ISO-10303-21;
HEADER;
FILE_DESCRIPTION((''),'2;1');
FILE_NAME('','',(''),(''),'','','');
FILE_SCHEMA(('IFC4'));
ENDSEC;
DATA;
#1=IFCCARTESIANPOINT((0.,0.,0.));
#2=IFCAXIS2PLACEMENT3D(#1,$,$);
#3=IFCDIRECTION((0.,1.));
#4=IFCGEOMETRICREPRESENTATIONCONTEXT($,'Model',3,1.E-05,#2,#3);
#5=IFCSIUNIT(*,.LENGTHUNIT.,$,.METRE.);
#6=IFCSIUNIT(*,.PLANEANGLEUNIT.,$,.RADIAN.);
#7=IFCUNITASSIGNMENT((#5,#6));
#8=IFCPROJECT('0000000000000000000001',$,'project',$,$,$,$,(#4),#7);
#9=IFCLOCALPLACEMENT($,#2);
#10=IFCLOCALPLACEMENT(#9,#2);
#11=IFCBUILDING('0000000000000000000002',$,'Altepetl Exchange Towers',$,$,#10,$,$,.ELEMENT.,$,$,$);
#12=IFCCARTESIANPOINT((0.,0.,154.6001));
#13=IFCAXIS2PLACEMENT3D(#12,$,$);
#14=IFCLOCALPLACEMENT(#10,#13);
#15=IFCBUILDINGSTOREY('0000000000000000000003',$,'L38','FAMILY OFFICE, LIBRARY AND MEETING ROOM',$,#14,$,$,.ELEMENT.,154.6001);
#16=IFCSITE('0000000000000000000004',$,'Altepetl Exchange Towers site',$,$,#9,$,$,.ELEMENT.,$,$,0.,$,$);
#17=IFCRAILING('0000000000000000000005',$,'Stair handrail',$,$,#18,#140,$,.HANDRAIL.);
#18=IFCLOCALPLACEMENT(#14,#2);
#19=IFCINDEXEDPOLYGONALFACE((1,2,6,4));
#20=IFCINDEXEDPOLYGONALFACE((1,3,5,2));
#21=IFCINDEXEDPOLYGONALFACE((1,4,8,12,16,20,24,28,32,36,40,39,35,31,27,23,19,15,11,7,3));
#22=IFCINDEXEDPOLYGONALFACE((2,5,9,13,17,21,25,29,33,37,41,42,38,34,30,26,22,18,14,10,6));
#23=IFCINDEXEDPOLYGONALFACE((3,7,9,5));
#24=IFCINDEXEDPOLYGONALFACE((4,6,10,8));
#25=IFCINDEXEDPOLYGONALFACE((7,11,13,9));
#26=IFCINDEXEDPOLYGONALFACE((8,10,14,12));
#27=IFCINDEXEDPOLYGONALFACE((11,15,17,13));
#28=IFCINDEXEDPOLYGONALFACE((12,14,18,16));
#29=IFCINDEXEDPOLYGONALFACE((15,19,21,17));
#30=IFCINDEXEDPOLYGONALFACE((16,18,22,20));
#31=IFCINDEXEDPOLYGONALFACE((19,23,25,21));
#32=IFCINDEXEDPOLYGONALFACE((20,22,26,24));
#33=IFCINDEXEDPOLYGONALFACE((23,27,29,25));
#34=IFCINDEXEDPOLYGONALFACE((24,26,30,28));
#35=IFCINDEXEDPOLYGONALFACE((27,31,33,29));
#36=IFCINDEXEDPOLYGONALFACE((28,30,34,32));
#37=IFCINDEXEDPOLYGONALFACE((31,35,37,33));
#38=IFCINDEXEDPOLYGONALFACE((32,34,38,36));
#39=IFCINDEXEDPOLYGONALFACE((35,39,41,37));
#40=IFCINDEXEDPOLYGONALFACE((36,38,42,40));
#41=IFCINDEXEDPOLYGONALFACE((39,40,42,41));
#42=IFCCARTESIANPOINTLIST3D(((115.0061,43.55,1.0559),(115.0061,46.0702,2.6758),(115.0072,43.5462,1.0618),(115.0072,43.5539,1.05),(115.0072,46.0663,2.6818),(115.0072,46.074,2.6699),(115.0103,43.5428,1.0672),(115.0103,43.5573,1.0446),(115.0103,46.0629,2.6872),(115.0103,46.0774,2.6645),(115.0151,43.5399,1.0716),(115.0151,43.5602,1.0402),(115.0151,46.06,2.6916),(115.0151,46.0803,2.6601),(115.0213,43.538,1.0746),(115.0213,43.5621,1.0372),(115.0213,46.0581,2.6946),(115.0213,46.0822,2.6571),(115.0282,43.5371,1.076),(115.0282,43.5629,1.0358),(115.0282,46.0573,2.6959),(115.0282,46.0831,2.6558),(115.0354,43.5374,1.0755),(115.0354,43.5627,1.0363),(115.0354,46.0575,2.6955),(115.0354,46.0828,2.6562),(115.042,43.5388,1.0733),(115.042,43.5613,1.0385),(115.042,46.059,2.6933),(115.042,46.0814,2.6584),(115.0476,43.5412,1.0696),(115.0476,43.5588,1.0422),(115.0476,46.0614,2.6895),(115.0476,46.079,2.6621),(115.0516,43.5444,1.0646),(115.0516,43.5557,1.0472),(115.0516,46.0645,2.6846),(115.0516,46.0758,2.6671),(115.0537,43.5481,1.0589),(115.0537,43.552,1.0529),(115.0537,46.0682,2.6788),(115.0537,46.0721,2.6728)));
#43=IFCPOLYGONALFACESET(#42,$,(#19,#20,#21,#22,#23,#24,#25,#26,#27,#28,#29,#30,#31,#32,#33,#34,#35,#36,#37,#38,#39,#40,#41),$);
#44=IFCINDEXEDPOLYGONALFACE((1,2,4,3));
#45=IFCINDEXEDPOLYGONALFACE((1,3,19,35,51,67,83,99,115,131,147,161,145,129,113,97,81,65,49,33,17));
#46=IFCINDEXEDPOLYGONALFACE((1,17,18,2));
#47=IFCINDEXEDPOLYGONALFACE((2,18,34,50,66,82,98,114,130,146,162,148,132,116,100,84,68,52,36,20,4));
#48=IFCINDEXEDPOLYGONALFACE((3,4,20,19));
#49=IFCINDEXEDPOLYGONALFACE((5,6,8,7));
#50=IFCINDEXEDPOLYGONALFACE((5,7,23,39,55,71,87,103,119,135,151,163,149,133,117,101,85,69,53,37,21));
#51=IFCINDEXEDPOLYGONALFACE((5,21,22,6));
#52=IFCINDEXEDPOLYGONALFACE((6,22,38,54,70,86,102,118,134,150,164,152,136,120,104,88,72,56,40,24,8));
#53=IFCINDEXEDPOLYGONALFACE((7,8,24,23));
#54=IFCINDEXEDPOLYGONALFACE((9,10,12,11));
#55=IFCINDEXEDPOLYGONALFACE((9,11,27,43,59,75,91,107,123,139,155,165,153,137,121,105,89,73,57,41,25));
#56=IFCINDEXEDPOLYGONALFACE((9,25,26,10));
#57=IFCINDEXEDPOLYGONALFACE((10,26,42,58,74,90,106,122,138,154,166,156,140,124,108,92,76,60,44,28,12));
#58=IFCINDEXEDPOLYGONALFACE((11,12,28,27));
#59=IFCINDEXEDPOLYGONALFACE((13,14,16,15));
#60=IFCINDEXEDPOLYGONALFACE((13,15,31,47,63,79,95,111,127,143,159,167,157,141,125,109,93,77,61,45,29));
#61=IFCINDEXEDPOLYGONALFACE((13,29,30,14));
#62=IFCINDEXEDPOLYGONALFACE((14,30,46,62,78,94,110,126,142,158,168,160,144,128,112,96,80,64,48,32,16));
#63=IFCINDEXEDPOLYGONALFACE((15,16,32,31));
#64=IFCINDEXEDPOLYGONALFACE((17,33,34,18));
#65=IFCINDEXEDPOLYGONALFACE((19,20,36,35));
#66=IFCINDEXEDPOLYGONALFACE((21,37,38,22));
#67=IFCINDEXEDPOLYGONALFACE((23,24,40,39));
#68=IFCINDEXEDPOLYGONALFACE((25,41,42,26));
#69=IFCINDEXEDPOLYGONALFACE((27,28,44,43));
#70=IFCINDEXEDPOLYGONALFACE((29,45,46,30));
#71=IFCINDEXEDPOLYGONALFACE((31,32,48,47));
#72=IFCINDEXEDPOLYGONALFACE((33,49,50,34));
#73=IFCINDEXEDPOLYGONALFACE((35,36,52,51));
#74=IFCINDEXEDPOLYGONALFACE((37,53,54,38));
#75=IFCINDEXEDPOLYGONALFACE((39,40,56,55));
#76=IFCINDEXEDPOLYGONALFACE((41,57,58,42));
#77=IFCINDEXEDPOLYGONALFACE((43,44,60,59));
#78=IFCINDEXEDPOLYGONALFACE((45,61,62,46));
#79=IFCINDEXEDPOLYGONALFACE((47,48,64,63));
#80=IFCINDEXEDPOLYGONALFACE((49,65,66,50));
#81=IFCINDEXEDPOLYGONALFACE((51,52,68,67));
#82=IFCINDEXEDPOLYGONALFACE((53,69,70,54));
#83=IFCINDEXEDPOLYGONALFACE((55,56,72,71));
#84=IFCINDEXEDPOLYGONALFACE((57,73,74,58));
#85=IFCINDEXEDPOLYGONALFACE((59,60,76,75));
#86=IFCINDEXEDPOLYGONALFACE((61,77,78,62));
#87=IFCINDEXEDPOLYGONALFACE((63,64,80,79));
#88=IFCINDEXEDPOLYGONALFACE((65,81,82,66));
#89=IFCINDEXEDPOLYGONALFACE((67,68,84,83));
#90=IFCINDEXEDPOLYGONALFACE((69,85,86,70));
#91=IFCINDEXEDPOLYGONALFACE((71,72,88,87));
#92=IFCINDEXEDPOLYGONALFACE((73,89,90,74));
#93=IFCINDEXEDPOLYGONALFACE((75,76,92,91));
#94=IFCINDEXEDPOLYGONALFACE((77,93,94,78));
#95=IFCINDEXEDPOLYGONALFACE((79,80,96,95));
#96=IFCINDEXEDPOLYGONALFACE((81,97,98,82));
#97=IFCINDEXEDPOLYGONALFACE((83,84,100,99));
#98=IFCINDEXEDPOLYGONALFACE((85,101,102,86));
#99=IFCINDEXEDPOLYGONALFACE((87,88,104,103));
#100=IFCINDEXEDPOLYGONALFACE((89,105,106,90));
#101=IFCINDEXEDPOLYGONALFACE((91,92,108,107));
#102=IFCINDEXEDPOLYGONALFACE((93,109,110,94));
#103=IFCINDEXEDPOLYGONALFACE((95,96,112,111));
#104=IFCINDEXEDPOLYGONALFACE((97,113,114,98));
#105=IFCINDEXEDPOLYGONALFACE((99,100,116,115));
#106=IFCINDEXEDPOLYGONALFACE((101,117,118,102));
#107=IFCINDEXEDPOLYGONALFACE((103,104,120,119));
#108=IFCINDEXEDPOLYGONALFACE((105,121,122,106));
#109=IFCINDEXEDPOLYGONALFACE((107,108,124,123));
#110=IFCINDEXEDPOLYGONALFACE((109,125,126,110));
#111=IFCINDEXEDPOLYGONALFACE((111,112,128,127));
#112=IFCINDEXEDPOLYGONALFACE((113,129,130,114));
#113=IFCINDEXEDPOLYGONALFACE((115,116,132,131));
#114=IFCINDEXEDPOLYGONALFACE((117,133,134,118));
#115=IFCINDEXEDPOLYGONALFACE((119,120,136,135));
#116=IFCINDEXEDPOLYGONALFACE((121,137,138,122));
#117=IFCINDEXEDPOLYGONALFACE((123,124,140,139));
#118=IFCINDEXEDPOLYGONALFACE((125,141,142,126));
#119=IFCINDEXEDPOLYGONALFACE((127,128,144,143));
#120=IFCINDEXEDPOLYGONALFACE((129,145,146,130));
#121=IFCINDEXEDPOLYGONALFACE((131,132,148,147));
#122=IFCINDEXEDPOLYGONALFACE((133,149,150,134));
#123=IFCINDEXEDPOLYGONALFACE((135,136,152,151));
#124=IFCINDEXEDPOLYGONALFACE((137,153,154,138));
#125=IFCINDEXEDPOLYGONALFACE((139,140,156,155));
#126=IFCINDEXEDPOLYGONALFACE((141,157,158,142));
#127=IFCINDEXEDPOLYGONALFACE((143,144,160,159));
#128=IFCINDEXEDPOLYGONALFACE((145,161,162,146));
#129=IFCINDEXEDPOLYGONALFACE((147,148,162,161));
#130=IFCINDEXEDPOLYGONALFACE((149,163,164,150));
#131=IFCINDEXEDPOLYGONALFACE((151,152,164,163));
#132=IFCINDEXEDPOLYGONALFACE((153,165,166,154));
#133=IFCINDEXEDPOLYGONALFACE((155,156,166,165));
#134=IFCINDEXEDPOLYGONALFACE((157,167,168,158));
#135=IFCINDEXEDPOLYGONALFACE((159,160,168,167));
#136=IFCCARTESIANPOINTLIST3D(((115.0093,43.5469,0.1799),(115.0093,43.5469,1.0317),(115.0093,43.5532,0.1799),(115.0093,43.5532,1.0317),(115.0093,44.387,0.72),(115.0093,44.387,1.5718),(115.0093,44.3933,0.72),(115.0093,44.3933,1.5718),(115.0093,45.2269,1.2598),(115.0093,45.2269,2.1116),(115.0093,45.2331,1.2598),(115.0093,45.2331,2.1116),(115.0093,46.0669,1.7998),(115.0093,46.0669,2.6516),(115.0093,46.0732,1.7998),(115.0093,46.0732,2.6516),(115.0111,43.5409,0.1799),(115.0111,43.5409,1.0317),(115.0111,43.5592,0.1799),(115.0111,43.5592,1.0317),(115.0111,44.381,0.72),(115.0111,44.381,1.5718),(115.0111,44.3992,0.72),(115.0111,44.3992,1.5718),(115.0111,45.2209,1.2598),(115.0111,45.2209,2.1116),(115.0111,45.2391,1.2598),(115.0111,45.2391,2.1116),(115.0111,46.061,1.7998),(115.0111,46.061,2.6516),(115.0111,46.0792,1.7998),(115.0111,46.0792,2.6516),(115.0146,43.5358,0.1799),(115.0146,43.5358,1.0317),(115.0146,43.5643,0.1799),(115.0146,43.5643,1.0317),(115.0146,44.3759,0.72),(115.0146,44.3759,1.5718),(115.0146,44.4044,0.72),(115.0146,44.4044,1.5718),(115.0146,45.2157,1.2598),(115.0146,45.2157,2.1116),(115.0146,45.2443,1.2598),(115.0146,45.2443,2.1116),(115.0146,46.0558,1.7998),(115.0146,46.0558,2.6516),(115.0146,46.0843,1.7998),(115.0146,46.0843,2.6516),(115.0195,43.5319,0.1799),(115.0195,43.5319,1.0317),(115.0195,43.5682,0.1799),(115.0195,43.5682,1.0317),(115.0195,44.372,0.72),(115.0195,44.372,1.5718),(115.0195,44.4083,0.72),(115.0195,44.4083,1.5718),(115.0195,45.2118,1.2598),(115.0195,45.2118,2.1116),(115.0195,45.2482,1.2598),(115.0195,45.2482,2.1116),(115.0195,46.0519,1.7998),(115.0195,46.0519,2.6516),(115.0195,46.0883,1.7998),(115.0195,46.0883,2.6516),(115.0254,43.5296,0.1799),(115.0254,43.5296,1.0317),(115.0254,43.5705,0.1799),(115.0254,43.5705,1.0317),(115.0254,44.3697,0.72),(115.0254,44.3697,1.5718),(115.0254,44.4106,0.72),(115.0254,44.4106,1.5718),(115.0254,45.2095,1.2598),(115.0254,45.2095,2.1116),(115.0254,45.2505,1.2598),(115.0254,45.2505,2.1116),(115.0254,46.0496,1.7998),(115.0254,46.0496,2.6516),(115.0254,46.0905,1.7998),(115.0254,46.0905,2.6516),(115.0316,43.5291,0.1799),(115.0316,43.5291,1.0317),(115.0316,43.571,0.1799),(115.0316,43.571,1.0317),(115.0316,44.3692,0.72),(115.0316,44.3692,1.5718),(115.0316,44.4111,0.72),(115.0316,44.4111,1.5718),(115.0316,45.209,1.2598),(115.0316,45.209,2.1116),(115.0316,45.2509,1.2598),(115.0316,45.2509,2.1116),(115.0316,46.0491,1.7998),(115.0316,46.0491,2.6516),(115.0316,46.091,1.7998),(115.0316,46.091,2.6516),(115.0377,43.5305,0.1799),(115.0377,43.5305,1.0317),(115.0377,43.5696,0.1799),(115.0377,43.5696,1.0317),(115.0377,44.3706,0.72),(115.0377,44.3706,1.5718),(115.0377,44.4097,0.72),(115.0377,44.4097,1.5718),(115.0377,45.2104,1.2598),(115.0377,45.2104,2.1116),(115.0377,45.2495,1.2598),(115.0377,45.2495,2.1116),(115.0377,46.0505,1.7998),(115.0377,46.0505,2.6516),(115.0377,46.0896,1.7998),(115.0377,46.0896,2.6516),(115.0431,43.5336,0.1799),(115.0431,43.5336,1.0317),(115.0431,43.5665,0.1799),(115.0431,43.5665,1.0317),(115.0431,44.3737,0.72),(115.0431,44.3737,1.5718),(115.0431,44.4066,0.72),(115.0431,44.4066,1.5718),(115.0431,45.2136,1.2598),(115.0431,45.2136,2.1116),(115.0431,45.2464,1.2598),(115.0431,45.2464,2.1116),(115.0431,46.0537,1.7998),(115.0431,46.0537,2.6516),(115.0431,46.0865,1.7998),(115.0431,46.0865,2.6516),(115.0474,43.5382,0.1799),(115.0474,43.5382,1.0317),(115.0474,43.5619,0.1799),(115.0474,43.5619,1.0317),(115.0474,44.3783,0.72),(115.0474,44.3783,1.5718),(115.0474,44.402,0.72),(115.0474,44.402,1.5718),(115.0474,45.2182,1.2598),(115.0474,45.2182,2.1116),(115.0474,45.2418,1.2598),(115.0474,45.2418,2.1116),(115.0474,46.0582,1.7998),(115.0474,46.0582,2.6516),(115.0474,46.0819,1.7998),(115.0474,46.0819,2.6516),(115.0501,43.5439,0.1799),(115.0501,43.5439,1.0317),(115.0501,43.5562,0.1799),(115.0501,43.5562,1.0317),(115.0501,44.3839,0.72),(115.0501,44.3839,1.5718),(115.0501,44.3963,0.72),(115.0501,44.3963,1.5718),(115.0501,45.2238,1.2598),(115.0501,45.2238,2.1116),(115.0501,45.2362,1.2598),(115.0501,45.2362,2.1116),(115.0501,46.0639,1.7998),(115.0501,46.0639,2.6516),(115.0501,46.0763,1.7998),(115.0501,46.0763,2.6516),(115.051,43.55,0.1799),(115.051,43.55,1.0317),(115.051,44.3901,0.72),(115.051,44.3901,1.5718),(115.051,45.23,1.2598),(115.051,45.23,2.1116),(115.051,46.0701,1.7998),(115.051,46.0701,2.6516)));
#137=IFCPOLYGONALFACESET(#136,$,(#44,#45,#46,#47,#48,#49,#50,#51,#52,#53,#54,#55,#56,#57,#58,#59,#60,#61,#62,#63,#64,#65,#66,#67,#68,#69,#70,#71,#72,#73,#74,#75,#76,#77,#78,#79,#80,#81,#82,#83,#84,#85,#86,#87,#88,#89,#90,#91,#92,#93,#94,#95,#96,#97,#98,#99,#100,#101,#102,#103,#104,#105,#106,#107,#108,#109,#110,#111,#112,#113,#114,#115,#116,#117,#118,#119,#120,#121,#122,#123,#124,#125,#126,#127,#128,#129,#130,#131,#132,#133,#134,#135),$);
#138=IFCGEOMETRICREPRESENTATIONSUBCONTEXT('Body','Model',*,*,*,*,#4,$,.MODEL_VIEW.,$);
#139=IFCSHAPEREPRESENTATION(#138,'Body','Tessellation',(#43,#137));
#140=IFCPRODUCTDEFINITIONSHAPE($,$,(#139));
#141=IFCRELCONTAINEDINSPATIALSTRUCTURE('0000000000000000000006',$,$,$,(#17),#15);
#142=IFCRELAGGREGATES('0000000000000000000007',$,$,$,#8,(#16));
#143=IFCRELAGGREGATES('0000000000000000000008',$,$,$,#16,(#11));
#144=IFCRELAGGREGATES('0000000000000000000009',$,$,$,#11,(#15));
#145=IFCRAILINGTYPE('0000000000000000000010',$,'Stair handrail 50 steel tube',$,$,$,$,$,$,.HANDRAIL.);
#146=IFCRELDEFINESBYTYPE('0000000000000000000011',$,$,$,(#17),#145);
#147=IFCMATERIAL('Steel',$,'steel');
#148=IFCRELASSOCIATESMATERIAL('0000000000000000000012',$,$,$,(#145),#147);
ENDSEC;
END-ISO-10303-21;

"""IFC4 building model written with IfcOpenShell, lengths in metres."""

from ifc_helpers import new_model, si_unit, direction, frame, origin, origin_2d, place, context, subcontext, project, spatial, circle, extrude, source, transform, mapped, material, type_object, element, save


model = new_model("IFC4")

# Units and contexts
model_context = context("Model", 3, precision=1e-05, world=origin(), true_north=direction((0.0, 1.0)))
body_context = subcontext(model_context, "Body", "Model", "MODEL_VIEW")
ifc_project = project(units=[si_unit("LENGTHUNIT", "METRE"), si_unit("PLANEANGLEUNIT", "RADIAN")], contexts=[model_context])

# Site, building, storey
site_placement = place(None, origin())
site = spatial("IfcSite", under=ifc_project, at=site_placement, Name="Altepetl Exchange Towers site", CompositionType="ELEMENT", RefElevation=0.0)
building_placement = place(site_placement, origin())
building = spatial("IfcBuilding", under=site, at=building_placement, Name="Altepetl Exchange Towers", CompositionType="ELEMENT")
storey_placement = place(building_placement, frame((0.0, 0.0, 154.6001)))
storey = spatial("IfcBuildingStorey", under=building, at=storey_placement, Name="L38", Description="FAMILY OFFICE, LIBRARY AND MEETING ROOM", CompositionType="ELEMENT", Elevation=154.6001)

# Railing
ifc_material_1 = material(Name="Steel", Category="steel")
railing_type = type_object("IfcRailingType", Name="Stair handrail 50 steel tube", PredefinedType="HANDRAIL", material=ifc_material_1)
shared_shape = source(origin(), body_context, "Body", "SweptSolid", [
    extrude(circle(Radius=0.021, at=origin_2d()), origin(), (0.0, 0.0, 1.0), 0.8518),
])
railing_1_placement = place(storey_placement, frame((115.03, 43.55, 0.1799)))
element("IfcRailing", 1, at=railing_1_placement, inside=storey, type_object=railing_type, Name="Stair handrail", PredefinedType="HANDRAIL", context=body_context, shape_type="SweptSolid", body=[
    extrude(circle(Radius=0.0239, at=origin_2d()), frame((0.0, 0.0, 0.876), z_axis=(0.0, 0.8412, 0.540725), x_axis=(-1.0, 0.0, 0.0)), (0.0, 0.0, 1.0), 2.9958),
    mapped(shared_shape, transform((0.0, 0.0, 0.0))),
    mapped(shared_shape, transform((0.0, 0.8401, 0.54))),
    mapped(shared_shape, transform((0.0, 1.6799, 1.0798))),
    mapped(shared_shape, transform((0.0, 2.52, 1.6199))),
])

save(model, "model.ifc")
